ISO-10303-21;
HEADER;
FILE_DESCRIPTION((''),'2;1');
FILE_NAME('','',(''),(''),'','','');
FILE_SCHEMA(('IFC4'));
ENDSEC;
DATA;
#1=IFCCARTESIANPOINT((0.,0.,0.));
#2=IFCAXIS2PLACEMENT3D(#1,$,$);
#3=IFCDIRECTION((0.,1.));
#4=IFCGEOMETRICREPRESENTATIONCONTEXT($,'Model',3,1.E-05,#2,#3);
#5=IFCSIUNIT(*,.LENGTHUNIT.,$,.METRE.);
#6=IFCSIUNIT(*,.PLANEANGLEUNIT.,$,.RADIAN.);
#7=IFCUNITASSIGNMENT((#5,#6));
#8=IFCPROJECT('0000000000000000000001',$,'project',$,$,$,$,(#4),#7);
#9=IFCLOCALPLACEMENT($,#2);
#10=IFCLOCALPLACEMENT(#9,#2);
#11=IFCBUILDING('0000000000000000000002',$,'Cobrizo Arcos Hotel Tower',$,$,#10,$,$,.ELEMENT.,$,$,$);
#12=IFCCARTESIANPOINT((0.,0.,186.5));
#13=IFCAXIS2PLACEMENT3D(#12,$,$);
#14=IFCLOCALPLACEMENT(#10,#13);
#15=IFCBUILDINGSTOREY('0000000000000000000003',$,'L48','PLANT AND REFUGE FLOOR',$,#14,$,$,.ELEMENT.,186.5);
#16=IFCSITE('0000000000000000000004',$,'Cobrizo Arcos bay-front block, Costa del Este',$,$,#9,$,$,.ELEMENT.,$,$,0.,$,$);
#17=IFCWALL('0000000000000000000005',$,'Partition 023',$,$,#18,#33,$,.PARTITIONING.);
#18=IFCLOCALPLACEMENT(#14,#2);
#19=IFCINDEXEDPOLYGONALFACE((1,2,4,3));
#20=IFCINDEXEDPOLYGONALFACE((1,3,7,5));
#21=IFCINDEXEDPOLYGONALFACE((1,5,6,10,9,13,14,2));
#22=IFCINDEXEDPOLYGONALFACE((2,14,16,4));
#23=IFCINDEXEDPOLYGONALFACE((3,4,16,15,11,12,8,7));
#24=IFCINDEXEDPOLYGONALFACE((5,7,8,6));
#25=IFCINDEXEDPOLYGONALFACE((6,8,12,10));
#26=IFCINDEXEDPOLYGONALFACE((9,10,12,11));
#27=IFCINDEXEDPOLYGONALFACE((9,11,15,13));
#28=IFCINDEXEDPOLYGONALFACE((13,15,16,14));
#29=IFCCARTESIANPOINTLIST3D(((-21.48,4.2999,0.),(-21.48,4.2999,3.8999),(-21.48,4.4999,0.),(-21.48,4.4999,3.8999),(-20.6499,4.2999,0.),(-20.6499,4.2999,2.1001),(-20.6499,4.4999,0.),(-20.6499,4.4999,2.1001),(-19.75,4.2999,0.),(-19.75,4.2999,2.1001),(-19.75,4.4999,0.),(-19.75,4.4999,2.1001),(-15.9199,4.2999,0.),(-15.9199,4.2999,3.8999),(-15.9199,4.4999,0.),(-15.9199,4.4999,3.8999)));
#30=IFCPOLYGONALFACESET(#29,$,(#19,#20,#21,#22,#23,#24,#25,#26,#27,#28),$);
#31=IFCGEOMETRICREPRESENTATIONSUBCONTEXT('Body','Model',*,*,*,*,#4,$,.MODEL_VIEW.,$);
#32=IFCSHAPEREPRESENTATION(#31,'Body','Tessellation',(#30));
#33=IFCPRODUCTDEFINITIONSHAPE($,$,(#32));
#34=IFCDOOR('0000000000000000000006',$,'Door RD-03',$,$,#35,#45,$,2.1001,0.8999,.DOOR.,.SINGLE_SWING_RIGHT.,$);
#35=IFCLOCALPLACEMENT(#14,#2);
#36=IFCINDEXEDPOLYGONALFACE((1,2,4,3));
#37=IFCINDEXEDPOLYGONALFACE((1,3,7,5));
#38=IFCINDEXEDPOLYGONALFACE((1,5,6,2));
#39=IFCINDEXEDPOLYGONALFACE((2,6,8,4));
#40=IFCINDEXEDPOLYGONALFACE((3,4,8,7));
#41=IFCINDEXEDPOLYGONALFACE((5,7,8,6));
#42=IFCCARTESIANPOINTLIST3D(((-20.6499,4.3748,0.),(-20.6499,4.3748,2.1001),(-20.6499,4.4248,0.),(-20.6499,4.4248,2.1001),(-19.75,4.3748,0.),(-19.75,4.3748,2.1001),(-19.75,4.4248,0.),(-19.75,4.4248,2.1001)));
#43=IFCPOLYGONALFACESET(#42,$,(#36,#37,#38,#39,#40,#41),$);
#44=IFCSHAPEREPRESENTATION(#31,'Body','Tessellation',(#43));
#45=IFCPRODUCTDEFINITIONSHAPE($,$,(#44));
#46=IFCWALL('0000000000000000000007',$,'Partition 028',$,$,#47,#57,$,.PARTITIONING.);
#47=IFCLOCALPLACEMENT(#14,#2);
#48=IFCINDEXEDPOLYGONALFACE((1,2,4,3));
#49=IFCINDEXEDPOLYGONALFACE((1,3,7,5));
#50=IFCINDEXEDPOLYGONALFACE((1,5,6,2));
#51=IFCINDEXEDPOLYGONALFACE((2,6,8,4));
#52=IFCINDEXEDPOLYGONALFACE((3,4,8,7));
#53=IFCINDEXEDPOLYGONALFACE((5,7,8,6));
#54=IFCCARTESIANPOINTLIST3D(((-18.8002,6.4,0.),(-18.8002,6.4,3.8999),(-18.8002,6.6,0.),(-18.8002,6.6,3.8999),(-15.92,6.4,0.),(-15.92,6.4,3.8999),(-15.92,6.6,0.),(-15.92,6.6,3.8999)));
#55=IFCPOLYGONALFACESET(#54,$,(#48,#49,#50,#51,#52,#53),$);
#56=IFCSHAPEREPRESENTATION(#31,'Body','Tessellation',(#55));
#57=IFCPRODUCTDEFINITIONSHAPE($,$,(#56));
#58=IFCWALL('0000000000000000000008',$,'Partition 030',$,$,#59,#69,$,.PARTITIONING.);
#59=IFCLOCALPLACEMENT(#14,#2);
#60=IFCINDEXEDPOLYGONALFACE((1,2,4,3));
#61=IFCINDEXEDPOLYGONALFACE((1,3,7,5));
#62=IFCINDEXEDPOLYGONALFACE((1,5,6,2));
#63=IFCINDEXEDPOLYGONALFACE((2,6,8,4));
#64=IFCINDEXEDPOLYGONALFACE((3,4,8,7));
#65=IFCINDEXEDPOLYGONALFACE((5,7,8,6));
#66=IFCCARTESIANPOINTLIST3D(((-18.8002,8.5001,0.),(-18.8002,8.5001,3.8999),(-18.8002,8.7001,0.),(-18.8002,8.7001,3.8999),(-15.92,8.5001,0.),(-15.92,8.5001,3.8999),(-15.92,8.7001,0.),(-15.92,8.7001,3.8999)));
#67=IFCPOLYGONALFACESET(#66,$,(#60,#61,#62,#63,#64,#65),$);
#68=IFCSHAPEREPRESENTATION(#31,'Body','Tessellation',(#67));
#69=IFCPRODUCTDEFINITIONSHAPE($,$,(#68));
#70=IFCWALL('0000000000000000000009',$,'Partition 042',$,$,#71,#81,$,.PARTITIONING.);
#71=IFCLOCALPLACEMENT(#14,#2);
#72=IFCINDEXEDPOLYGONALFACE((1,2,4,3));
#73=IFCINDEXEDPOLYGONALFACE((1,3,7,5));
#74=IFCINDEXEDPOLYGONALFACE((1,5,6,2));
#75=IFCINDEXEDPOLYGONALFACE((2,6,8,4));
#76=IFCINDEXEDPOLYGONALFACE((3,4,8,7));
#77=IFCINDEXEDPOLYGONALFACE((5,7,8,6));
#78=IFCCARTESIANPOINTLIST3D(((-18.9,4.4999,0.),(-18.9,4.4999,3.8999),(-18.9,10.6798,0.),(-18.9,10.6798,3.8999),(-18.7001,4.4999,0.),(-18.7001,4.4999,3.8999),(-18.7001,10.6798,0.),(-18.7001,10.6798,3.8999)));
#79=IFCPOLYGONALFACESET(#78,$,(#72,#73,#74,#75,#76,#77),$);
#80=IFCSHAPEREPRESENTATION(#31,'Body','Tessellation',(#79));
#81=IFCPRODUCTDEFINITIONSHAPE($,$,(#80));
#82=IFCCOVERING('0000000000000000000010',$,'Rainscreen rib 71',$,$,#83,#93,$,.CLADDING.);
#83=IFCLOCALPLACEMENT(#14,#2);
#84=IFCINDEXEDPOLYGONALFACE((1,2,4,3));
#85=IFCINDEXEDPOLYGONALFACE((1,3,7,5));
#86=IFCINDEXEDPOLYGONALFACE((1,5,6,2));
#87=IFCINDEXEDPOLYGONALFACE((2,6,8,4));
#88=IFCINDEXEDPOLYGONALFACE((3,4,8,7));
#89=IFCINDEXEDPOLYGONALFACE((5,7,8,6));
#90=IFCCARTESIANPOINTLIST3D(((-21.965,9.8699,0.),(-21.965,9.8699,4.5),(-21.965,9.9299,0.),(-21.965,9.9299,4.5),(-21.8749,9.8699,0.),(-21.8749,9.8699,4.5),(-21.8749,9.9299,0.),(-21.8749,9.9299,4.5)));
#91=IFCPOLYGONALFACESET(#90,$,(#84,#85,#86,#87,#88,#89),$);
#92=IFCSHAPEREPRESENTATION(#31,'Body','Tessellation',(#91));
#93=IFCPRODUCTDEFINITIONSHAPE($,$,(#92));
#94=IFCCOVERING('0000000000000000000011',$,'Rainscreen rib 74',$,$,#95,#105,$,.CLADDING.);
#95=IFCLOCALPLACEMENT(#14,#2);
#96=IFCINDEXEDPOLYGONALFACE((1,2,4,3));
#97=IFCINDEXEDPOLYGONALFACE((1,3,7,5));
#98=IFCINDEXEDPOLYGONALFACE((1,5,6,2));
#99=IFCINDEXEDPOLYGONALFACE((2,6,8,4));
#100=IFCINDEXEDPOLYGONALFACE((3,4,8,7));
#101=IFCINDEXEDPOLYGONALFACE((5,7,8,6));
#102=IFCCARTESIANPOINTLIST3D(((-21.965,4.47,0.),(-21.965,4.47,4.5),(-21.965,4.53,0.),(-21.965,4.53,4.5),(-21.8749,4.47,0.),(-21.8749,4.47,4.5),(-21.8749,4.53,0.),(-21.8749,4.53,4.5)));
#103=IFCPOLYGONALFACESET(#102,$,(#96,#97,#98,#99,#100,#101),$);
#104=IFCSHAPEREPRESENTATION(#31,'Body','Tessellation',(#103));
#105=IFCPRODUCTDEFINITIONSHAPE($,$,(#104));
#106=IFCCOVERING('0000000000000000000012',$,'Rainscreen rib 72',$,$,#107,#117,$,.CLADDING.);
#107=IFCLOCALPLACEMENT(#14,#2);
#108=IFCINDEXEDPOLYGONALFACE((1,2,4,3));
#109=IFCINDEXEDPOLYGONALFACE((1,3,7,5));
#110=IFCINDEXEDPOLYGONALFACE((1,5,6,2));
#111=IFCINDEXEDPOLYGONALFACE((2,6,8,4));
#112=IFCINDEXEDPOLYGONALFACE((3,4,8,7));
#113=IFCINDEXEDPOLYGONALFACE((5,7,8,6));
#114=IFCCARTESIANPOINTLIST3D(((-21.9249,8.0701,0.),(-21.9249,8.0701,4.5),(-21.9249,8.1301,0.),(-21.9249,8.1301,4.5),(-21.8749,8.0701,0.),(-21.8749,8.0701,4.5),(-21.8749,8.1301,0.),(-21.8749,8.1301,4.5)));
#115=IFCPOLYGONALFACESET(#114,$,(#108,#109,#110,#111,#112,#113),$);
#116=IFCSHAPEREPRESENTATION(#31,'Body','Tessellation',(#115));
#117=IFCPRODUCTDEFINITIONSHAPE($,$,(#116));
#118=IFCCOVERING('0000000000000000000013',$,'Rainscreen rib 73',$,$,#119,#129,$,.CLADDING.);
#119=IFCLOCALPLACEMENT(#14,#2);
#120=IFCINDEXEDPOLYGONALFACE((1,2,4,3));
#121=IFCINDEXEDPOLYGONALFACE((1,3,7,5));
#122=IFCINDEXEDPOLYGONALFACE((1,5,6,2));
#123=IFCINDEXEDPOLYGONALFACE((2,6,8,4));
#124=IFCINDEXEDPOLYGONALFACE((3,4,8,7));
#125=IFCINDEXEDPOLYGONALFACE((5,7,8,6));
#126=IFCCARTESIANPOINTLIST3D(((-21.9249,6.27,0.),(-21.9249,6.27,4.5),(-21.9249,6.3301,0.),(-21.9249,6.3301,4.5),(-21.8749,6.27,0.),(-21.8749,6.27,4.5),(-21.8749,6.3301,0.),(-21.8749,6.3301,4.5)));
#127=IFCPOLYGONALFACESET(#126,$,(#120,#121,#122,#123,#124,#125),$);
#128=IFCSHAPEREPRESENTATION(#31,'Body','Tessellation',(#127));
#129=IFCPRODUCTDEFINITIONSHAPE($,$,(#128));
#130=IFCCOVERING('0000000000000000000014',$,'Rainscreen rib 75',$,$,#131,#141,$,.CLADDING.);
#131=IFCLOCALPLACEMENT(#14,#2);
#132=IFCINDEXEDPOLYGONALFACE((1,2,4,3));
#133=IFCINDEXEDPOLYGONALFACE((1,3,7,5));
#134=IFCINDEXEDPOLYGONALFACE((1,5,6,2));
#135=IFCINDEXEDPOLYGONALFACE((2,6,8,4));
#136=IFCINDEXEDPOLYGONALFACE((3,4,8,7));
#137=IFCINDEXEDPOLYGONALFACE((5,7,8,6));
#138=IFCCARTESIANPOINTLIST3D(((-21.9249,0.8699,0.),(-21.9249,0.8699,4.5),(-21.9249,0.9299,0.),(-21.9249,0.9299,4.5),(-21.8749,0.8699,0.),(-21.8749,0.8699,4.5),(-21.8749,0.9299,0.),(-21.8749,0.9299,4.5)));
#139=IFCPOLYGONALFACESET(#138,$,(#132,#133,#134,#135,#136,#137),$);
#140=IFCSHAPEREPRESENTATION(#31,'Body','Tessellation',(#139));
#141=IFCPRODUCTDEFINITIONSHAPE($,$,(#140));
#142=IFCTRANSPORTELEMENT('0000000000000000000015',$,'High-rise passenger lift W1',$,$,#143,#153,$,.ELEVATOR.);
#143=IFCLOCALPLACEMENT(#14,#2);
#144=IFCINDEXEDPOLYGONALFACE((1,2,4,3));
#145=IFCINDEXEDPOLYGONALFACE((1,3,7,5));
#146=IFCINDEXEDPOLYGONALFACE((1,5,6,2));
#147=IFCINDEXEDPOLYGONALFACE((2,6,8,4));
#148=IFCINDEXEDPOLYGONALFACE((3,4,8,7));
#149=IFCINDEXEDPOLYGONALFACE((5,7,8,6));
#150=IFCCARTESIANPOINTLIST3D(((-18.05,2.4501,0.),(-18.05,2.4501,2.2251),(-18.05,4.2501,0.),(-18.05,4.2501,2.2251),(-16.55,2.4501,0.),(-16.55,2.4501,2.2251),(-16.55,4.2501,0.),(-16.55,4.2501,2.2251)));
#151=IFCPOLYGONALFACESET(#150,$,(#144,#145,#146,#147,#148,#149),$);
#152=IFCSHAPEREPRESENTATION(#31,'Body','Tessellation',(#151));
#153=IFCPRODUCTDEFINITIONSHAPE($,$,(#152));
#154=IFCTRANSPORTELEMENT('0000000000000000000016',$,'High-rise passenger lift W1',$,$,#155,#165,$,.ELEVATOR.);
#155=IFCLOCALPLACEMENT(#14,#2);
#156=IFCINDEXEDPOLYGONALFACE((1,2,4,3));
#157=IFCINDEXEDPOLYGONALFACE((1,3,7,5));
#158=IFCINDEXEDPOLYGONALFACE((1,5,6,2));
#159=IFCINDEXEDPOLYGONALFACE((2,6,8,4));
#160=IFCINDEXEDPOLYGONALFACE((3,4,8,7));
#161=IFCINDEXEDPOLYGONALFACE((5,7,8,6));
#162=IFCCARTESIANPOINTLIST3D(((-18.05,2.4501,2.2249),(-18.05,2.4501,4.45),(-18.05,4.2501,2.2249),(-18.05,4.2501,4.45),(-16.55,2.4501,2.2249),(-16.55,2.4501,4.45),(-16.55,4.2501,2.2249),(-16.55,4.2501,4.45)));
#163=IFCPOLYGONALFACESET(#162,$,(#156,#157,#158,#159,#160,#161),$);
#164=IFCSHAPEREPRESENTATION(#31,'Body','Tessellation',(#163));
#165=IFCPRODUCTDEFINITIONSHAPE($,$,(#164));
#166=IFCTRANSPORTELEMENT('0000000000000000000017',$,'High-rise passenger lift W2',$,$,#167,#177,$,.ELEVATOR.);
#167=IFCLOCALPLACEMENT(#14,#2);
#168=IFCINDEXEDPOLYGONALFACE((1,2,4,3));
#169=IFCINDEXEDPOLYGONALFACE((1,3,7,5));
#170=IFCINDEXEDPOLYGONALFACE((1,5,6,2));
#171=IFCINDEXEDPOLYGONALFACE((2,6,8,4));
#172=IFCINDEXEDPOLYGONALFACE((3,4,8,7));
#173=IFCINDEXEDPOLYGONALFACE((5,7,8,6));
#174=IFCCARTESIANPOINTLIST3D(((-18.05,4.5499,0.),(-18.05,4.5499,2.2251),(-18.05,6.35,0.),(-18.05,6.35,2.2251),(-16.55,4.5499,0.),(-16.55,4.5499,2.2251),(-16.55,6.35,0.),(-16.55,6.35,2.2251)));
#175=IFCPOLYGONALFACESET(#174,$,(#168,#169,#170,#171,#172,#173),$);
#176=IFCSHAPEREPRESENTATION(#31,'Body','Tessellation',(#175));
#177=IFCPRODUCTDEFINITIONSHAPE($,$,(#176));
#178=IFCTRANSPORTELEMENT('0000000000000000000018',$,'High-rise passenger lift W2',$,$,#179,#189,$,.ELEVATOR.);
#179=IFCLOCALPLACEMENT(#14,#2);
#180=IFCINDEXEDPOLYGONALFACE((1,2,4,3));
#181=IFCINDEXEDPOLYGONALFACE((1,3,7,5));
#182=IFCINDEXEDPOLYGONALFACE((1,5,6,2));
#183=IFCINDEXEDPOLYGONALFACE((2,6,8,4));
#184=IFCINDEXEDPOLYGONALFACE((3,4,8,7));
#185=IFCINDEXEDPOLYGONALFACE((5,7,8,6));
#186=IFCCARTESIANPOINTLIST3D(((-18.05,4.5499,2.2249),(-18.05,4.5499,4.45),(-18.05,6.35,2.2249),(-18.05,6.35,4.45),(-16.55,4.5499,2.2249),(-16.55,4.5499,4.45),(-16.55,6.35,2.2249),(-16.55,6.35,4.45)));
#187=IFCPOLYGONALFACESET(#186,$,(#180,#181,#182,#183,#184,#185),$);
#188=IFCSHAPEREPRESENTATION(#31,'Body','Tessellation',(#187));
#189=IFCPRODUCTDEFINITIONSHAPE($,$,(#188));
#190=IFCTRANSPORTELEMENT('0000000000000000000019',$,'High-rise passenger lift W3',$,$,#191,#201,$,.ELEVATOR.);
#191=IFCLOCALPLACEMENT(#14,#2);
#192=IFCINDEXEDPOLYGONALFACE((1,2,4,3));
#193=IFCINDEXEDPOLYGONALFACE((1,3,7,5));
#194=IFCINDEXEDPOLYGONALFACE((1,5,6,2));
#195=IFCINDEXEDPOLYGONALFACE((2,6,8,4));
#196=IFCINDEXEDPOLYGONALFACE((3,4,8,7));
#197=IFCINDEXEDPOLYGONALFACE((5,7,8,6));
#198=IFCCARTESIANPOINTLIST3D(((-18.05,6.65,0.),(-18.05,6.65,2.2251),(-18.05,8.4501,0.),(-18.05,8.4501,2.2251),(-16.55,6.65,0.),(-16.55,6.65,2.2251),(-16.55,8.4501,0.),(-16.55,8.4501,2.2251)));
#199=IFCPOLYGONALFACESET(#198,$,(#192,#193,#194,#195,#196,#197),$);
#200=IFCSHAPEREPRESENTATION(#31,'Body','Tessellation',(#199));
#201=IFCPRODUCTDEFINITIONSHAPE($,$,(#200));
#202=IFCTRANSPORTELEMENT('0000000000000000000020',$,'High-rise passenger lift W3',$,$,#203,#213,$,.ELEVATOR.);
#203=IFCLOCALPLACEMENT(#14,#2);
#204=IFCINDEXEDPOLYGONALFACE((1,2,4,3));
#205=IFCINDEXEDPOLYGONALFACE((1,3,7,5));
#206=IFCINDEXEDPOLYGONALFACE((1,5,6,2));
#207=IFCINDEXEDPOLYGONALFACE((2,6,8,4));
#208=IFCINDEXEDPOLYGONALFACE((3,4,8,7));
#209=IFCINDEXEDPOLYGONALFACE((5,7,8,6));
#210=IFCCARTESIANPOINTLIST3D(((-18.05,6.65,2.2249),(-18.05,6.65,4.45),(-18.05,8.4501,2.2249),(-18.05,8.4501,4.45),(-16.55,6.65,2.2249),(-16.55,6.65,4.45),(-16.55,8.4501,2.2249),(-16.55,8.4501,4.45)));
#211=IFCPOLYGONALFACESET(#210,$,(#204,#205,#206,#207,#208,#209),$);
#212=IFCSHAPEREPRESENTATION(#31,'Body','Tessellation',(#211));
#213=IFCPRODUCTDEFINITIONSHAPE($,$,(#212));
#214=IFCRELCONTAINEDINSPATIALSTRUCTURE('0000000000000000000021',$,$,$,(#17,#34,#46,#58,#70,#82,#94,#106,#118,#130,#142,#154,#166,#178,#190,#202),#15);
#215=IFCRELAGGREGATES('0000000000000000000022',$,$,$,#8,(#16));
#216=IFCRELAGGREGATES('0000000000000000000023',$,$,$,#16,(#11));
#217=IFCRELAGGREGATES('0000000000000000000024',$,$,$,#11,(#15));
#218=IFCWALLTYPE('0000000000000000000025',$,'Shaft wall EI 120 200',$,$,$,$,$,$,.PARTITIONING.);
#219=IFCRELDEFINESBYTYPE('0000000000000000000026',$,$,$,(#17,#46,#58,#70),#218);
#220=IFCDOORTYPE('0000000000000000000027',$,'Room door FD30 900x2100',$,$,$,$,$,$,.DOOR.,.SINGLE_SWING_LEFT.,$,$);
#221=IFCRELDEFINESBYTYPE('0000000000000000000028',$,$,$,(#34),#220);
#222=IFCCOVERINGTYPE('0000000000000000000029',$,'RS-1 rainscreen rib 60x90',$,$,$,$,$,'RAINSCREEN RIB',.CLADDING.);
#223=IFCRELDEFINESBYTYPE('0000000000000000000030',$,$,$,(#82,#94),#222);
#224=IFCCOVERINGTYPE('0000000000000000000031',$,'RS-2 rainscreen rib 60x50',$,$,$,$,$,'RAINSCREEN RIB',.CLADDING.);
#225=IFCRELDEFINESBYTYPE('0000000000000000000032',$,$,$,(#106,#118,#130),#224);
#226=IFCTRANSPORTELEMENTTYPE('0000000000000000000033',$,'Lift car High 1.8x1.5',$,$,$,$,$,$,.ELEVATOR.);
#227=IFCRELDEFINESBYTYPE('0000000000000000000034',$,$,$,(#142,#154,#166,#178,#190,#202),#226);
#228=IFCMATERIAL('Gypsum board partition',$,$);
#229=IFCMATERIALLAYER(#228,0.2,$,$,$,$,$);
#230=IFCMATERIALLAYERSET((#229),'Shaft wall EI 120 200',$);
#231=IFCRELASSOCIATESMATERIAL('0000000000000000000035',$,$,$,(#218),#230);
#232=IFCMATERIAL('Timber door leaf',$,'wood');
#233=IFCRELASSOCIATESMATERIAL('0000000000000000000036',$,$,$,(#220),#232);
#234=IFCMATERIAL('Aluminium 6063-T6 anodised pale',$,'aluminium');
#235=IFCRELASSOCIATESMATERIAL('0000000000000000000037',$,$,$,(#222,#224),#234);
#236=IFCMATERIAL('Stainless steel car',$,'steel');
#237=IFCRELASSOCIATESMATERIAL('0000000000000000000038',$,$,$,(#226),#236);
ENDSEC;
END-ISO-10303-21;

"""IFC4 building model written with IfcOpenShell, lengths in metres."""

from ifc_helpers import new_model, si_unit, direction, frame, frame_2d, origin, origin_2d, place, context, subcontext, project, spatial, rectangle, extrude, material, layer, layer_set, type_object, element, fill, save


model = new_model("IFC4")

# Units and contexts
model_context = context("Model", 3, precision=1e-05, world=origin(), true_north=direction((0.0, 1.0)))
body_context = subcontext(model_context, "Body", "Model", "MODEL_VIEW")
ifc_project = project(units=[si_unit("LENGTHUNIT", "METRE"), si_unit("PLANEANGLEUNIT", "RADIAN")], contexts=[model_context])

# Site, building, storey
site_placement = place(None, origin())
site = spatial("IfcSite", under=ifc_project, at=site_placement, Name="Cobrizo Arcos bay-front block, Costa del Este", CompositionType="ELEMENT", RefElevation=0.0)
building_placement = place(site_placement, origin())
building = spatial("IfcBuilding", under=site, at=building_placement, Name="Cobrizo Arcos Hotel Tower", CompositionType="ELEMENT")
storey_placement = place(building_placement, frame((0.0, 0.0, 186.5)))
storey = spatial("IfcBuildingStorey", under=building, at=storey_placement, Name="L48", Description="PLANT AND REFUGE FLOOR", CompositionType="ELEMENT", Elevation=186.5)

# Shared definitions
ifc_material_1 = material(Name="Gypsum board partition")
ifc_layer_1 = layer(ifc_material_1, 0.2)
ifc_layer_set_1 = layer_set([ifc_layer_1], Name="Shaft wall EI 120 200")
wall_type_1 = type_object("IfcWallType", Name="Shaft wall EI 120 200", PredefinedType="PARTITIONING", material=ifc_layer_set_1)

# Wall, opening, door
wall_1_placement = place(storey_placement, frame((-21.48, 4.3999, 0.0), z_axis=(0.0, 0.0, 1.0), x_axis=(1.0, 0.0, 0.0)))
wall_1 = element("IfcWall", 1, at=wall_1_placement, inside=storey, type_object=wall_type_1, Name="Partition 023", PredefinedType="PARTITIONING", context=body_context, shape_type="SweptSolid", body=[
    extrude(rectangle(XDim=5.5601, YDim=0.2, at=frame_2d((2.78, 0.0))), origin(), (0.0, 0.0, 1.0), 3.8999),
])
opening_1_placement = place(wall_1_placement, frame((0.8301, 0.0, 0.0)))
opening_1 = element("IfcOpeningElement", 2, at=opening_1_placement, cuts=wall_1, PredefinedType="OPENING", context=body_context, shape_type="SweptSolid", body=[
    extrude(rectangle(XDim=0.8999, YDim=2.1001, at=frame_2d((0.45, 1.05))), frame((0.0, 0.1121, 0.0), z_axis=(0.0, -1.0, 0.0), x_axis=(1.0, 0.0, 0.0)), (0.0, 0.0, 1.0), 0.2239),
])
ifc_material_2 = material(Name="Timber door leaf", Category="wood")
door_type_1 = type_object("IfcDoorType", Name="Room door FD30 900x2100", OperationType="SINGLE_SWING_LEFT", PredefinedType="DOOR", material=ifc_material_2)
door_1_placement = place(opening_1_placement, origin())
door_1 = element("IfcDoor", 3, at=door_1_placement, inside=storey, type_object=door_type_1, Name="Door RD-03", OperationType="SINGLE_SWING_RIGHT", OverallHeight=2.1001, OverallWidth=0.8999, PredefinedType="DOOR", context=body_context, shape_type="SweptSolid", body=[
    extrude(rectangle(XDim=0.8999, YDim=2.1001, at=frame_2d((0.45, 1.05))), frame((0.0, 0.0249, 0.0), z_axis=(0.0, -1.0, 0.0), x_axis=(1.0, 0.0, 0.0)), (0.0, 0.0, 1.0), 0.05),
])
fill(opening_1, door_1)

# Walls
for number, where, z_axis, x_axis, name in (
    (4, (-18.8, 6.5, 0.0), (0.0, 0.0, 1.0), (1.0, 0.0, 0.0), "Partition 028"),
    (5, (-18.8, 8.6001, 0.0), (0.0, 0.0, 1.0), (1.0, 0.0, 0.0), "Partition 030"),
):
    element("IfcWall", number, at=place(storey_placement, frame(where, z_axis=z_axis, x_axis=x_axis)), inside=storey, type_object=wall_type_1, Name=name, PredefinedType="PARTITIONING", context=body_context, shape_type="SweptSolid", body=[
        extrude(rectangle(XDim=2.8801, YDim=0.2, at=frame_2d((1.4399, 0.0))), origin(), (0.0, 0.0, 1.0), 3.8999),
    ])
wall_2_placement = place(storey_placement, frame((-18.8, 4.5, 0.0), z_axis=(0.0, 0.0, 1.0), x_axis=(0.0, 1.0, 0.0)))
element("IfcWall", 6, at=wall_2_placement, inside=storey, type_object=wall_type_1, Name="Partition 042", PredefinedType="PARTITIONING", context=body_context, shape_type="SweptSolid", body=[
    extrude(rectangle(XDim=6.1799, YDim=0.2, at=frame_2d((3.0898, 0.0))), origin(), (0.0, 0.0, 1.0), 3.8999),
])

# Coverings
ifc_material_3 = material(Name="Aluminium 6063-T6 anodised pale", Category="aluminium")
covering_type_1 = type_object("IfcCoveringType", Name="RS-1 rainscreen rib 60x90", ElementType="RAINSCREEN RIB", PredefinedType="CLADDING", material=ifc_material_3)
for number, where, z_axis, x_axis, name in (
    (7, (-21.9199, 9.8999, 0.0), (0.0, 0.0, 1.0), (0.0, -1.0, 0.0), "Rainscreen rib 71"),
    (8, (-21.9199, 4.5, 0.0), (0.0, 0.0, 1.0), (0.0, -1.0, 0.0), "Rainscreen rib 74"),
):
    element("IfcCovering", number, at=place(storey_placement, frame(where, z_axis=z_axis, x_axis=x_axis)), inside=storey, type_object=covering_type_1, Name=name, PredefinedType="CLADDING", context=body_context, shape_type="SweptSolid", body=[
        extrude(rectangle(XDim=0.0601, YDim=0.0901, at=origin_2d()), origin(), (0.0, 0.0, 1.0), 4.5),
    ])
covering_type_2 = type_object("IfcCoveringType", Name="RS-2 rainscreen rib 60x50", ElementType="RAINSCREEN RIB", PredefinedType="CLADDING", material=ifc_material_3)
for number, where, z_axis, x_axis, name in (
    (9, (-21.8999, 8.1001, 0.0), (0.0, 0.0, 1.0), (0.0, -1.0, 0.0), "Rainscreen rib 72"),
    (10, (-21.8999, 6.3, 0.0), (0.0, 0.0, 1.0), (0.0, -1.0, 0.0), "Rainscreen rib 73"),
    (11, (-21.8999, 0.8999, 0.0), (0.0, 0.0, 1.0), (0.0, -1.0, 0.0), "Rainscreen rib 75"),
):
    element("IfcCovering", number, at=place(storey_placement, frame(where, z_axis=z_axis, x_axis=x_axis)), inside=storey, type_object=covering_type_2, Name=name, PredefinedType="CLADDING", context=body_context, shape_type="SweptSolid", body=[
        extrude(rectangle(XDim=0.0601, YDim=0.05, at=origin_2d()), origin(), (0.0, 0.0, 1.0), 4.5),
    ])

# Transport elements
ifc_material_4 = material(Name="Stainless steel car", Category="steel")
transport_element_type = type_object("IfcTransportElementType", Name="Lift car High 1.8x1.5", PredefinedType="ELEVATOR", material=ifc_material_4)
for number, where, z_axis, x_axis, name in (
    (12, (-17.3, 3.3501, 0.0), (0.0, 0.0, 1.0), (1.0, 0.0, 0.0), "High-rise passenger lift W1"),
    (13, (-17.3, 3.3501, 2.2249), (0.0, 0.0, 1.0), (1.0, 0.0, 0.0), "High-rise passenger lift W1"),
    (14, (-17.3, 5.45, 0.0), (0.0, 0.0, 1.0), (1.0, 0.0, 0.0), "High-rise passenger lift W2"),
    (15, (-17.3, 5.45, 2.2249), (0.0, 0.0, 1.0), (1.0, 0.0, 0.0), "High-rise passenger lift W2"),
    (16, (-17.3, 7.55, 0.0), (0.0, 0.0, 1.0), (1.0, 0.0, 0.0), "High-rise passenger lift W3"),
    (17, (-17.3, 7.55, 2.2249), (0.0, 0.0, 1.0), (1.0, 0.0, 0.0), "High-rise passenger lift W3"),
):
    element("IfcTransportElement", number, at=place(storey_placement, frame(where, z_axis=z_axis, x_axis=x_axis)), inside=storey, type_object=transport_element_type, Name=name, PredefinedType="ELEVATOR", context=body_context, shape_type="SweptSolid", body=[
        extrude(rectangle(XDim=1.5, YDim=1.8, at=origin_2d()), origin(), (0.0, 0.0, 1.0), 2.2251),
    ])

save(model, "model.ifc")
